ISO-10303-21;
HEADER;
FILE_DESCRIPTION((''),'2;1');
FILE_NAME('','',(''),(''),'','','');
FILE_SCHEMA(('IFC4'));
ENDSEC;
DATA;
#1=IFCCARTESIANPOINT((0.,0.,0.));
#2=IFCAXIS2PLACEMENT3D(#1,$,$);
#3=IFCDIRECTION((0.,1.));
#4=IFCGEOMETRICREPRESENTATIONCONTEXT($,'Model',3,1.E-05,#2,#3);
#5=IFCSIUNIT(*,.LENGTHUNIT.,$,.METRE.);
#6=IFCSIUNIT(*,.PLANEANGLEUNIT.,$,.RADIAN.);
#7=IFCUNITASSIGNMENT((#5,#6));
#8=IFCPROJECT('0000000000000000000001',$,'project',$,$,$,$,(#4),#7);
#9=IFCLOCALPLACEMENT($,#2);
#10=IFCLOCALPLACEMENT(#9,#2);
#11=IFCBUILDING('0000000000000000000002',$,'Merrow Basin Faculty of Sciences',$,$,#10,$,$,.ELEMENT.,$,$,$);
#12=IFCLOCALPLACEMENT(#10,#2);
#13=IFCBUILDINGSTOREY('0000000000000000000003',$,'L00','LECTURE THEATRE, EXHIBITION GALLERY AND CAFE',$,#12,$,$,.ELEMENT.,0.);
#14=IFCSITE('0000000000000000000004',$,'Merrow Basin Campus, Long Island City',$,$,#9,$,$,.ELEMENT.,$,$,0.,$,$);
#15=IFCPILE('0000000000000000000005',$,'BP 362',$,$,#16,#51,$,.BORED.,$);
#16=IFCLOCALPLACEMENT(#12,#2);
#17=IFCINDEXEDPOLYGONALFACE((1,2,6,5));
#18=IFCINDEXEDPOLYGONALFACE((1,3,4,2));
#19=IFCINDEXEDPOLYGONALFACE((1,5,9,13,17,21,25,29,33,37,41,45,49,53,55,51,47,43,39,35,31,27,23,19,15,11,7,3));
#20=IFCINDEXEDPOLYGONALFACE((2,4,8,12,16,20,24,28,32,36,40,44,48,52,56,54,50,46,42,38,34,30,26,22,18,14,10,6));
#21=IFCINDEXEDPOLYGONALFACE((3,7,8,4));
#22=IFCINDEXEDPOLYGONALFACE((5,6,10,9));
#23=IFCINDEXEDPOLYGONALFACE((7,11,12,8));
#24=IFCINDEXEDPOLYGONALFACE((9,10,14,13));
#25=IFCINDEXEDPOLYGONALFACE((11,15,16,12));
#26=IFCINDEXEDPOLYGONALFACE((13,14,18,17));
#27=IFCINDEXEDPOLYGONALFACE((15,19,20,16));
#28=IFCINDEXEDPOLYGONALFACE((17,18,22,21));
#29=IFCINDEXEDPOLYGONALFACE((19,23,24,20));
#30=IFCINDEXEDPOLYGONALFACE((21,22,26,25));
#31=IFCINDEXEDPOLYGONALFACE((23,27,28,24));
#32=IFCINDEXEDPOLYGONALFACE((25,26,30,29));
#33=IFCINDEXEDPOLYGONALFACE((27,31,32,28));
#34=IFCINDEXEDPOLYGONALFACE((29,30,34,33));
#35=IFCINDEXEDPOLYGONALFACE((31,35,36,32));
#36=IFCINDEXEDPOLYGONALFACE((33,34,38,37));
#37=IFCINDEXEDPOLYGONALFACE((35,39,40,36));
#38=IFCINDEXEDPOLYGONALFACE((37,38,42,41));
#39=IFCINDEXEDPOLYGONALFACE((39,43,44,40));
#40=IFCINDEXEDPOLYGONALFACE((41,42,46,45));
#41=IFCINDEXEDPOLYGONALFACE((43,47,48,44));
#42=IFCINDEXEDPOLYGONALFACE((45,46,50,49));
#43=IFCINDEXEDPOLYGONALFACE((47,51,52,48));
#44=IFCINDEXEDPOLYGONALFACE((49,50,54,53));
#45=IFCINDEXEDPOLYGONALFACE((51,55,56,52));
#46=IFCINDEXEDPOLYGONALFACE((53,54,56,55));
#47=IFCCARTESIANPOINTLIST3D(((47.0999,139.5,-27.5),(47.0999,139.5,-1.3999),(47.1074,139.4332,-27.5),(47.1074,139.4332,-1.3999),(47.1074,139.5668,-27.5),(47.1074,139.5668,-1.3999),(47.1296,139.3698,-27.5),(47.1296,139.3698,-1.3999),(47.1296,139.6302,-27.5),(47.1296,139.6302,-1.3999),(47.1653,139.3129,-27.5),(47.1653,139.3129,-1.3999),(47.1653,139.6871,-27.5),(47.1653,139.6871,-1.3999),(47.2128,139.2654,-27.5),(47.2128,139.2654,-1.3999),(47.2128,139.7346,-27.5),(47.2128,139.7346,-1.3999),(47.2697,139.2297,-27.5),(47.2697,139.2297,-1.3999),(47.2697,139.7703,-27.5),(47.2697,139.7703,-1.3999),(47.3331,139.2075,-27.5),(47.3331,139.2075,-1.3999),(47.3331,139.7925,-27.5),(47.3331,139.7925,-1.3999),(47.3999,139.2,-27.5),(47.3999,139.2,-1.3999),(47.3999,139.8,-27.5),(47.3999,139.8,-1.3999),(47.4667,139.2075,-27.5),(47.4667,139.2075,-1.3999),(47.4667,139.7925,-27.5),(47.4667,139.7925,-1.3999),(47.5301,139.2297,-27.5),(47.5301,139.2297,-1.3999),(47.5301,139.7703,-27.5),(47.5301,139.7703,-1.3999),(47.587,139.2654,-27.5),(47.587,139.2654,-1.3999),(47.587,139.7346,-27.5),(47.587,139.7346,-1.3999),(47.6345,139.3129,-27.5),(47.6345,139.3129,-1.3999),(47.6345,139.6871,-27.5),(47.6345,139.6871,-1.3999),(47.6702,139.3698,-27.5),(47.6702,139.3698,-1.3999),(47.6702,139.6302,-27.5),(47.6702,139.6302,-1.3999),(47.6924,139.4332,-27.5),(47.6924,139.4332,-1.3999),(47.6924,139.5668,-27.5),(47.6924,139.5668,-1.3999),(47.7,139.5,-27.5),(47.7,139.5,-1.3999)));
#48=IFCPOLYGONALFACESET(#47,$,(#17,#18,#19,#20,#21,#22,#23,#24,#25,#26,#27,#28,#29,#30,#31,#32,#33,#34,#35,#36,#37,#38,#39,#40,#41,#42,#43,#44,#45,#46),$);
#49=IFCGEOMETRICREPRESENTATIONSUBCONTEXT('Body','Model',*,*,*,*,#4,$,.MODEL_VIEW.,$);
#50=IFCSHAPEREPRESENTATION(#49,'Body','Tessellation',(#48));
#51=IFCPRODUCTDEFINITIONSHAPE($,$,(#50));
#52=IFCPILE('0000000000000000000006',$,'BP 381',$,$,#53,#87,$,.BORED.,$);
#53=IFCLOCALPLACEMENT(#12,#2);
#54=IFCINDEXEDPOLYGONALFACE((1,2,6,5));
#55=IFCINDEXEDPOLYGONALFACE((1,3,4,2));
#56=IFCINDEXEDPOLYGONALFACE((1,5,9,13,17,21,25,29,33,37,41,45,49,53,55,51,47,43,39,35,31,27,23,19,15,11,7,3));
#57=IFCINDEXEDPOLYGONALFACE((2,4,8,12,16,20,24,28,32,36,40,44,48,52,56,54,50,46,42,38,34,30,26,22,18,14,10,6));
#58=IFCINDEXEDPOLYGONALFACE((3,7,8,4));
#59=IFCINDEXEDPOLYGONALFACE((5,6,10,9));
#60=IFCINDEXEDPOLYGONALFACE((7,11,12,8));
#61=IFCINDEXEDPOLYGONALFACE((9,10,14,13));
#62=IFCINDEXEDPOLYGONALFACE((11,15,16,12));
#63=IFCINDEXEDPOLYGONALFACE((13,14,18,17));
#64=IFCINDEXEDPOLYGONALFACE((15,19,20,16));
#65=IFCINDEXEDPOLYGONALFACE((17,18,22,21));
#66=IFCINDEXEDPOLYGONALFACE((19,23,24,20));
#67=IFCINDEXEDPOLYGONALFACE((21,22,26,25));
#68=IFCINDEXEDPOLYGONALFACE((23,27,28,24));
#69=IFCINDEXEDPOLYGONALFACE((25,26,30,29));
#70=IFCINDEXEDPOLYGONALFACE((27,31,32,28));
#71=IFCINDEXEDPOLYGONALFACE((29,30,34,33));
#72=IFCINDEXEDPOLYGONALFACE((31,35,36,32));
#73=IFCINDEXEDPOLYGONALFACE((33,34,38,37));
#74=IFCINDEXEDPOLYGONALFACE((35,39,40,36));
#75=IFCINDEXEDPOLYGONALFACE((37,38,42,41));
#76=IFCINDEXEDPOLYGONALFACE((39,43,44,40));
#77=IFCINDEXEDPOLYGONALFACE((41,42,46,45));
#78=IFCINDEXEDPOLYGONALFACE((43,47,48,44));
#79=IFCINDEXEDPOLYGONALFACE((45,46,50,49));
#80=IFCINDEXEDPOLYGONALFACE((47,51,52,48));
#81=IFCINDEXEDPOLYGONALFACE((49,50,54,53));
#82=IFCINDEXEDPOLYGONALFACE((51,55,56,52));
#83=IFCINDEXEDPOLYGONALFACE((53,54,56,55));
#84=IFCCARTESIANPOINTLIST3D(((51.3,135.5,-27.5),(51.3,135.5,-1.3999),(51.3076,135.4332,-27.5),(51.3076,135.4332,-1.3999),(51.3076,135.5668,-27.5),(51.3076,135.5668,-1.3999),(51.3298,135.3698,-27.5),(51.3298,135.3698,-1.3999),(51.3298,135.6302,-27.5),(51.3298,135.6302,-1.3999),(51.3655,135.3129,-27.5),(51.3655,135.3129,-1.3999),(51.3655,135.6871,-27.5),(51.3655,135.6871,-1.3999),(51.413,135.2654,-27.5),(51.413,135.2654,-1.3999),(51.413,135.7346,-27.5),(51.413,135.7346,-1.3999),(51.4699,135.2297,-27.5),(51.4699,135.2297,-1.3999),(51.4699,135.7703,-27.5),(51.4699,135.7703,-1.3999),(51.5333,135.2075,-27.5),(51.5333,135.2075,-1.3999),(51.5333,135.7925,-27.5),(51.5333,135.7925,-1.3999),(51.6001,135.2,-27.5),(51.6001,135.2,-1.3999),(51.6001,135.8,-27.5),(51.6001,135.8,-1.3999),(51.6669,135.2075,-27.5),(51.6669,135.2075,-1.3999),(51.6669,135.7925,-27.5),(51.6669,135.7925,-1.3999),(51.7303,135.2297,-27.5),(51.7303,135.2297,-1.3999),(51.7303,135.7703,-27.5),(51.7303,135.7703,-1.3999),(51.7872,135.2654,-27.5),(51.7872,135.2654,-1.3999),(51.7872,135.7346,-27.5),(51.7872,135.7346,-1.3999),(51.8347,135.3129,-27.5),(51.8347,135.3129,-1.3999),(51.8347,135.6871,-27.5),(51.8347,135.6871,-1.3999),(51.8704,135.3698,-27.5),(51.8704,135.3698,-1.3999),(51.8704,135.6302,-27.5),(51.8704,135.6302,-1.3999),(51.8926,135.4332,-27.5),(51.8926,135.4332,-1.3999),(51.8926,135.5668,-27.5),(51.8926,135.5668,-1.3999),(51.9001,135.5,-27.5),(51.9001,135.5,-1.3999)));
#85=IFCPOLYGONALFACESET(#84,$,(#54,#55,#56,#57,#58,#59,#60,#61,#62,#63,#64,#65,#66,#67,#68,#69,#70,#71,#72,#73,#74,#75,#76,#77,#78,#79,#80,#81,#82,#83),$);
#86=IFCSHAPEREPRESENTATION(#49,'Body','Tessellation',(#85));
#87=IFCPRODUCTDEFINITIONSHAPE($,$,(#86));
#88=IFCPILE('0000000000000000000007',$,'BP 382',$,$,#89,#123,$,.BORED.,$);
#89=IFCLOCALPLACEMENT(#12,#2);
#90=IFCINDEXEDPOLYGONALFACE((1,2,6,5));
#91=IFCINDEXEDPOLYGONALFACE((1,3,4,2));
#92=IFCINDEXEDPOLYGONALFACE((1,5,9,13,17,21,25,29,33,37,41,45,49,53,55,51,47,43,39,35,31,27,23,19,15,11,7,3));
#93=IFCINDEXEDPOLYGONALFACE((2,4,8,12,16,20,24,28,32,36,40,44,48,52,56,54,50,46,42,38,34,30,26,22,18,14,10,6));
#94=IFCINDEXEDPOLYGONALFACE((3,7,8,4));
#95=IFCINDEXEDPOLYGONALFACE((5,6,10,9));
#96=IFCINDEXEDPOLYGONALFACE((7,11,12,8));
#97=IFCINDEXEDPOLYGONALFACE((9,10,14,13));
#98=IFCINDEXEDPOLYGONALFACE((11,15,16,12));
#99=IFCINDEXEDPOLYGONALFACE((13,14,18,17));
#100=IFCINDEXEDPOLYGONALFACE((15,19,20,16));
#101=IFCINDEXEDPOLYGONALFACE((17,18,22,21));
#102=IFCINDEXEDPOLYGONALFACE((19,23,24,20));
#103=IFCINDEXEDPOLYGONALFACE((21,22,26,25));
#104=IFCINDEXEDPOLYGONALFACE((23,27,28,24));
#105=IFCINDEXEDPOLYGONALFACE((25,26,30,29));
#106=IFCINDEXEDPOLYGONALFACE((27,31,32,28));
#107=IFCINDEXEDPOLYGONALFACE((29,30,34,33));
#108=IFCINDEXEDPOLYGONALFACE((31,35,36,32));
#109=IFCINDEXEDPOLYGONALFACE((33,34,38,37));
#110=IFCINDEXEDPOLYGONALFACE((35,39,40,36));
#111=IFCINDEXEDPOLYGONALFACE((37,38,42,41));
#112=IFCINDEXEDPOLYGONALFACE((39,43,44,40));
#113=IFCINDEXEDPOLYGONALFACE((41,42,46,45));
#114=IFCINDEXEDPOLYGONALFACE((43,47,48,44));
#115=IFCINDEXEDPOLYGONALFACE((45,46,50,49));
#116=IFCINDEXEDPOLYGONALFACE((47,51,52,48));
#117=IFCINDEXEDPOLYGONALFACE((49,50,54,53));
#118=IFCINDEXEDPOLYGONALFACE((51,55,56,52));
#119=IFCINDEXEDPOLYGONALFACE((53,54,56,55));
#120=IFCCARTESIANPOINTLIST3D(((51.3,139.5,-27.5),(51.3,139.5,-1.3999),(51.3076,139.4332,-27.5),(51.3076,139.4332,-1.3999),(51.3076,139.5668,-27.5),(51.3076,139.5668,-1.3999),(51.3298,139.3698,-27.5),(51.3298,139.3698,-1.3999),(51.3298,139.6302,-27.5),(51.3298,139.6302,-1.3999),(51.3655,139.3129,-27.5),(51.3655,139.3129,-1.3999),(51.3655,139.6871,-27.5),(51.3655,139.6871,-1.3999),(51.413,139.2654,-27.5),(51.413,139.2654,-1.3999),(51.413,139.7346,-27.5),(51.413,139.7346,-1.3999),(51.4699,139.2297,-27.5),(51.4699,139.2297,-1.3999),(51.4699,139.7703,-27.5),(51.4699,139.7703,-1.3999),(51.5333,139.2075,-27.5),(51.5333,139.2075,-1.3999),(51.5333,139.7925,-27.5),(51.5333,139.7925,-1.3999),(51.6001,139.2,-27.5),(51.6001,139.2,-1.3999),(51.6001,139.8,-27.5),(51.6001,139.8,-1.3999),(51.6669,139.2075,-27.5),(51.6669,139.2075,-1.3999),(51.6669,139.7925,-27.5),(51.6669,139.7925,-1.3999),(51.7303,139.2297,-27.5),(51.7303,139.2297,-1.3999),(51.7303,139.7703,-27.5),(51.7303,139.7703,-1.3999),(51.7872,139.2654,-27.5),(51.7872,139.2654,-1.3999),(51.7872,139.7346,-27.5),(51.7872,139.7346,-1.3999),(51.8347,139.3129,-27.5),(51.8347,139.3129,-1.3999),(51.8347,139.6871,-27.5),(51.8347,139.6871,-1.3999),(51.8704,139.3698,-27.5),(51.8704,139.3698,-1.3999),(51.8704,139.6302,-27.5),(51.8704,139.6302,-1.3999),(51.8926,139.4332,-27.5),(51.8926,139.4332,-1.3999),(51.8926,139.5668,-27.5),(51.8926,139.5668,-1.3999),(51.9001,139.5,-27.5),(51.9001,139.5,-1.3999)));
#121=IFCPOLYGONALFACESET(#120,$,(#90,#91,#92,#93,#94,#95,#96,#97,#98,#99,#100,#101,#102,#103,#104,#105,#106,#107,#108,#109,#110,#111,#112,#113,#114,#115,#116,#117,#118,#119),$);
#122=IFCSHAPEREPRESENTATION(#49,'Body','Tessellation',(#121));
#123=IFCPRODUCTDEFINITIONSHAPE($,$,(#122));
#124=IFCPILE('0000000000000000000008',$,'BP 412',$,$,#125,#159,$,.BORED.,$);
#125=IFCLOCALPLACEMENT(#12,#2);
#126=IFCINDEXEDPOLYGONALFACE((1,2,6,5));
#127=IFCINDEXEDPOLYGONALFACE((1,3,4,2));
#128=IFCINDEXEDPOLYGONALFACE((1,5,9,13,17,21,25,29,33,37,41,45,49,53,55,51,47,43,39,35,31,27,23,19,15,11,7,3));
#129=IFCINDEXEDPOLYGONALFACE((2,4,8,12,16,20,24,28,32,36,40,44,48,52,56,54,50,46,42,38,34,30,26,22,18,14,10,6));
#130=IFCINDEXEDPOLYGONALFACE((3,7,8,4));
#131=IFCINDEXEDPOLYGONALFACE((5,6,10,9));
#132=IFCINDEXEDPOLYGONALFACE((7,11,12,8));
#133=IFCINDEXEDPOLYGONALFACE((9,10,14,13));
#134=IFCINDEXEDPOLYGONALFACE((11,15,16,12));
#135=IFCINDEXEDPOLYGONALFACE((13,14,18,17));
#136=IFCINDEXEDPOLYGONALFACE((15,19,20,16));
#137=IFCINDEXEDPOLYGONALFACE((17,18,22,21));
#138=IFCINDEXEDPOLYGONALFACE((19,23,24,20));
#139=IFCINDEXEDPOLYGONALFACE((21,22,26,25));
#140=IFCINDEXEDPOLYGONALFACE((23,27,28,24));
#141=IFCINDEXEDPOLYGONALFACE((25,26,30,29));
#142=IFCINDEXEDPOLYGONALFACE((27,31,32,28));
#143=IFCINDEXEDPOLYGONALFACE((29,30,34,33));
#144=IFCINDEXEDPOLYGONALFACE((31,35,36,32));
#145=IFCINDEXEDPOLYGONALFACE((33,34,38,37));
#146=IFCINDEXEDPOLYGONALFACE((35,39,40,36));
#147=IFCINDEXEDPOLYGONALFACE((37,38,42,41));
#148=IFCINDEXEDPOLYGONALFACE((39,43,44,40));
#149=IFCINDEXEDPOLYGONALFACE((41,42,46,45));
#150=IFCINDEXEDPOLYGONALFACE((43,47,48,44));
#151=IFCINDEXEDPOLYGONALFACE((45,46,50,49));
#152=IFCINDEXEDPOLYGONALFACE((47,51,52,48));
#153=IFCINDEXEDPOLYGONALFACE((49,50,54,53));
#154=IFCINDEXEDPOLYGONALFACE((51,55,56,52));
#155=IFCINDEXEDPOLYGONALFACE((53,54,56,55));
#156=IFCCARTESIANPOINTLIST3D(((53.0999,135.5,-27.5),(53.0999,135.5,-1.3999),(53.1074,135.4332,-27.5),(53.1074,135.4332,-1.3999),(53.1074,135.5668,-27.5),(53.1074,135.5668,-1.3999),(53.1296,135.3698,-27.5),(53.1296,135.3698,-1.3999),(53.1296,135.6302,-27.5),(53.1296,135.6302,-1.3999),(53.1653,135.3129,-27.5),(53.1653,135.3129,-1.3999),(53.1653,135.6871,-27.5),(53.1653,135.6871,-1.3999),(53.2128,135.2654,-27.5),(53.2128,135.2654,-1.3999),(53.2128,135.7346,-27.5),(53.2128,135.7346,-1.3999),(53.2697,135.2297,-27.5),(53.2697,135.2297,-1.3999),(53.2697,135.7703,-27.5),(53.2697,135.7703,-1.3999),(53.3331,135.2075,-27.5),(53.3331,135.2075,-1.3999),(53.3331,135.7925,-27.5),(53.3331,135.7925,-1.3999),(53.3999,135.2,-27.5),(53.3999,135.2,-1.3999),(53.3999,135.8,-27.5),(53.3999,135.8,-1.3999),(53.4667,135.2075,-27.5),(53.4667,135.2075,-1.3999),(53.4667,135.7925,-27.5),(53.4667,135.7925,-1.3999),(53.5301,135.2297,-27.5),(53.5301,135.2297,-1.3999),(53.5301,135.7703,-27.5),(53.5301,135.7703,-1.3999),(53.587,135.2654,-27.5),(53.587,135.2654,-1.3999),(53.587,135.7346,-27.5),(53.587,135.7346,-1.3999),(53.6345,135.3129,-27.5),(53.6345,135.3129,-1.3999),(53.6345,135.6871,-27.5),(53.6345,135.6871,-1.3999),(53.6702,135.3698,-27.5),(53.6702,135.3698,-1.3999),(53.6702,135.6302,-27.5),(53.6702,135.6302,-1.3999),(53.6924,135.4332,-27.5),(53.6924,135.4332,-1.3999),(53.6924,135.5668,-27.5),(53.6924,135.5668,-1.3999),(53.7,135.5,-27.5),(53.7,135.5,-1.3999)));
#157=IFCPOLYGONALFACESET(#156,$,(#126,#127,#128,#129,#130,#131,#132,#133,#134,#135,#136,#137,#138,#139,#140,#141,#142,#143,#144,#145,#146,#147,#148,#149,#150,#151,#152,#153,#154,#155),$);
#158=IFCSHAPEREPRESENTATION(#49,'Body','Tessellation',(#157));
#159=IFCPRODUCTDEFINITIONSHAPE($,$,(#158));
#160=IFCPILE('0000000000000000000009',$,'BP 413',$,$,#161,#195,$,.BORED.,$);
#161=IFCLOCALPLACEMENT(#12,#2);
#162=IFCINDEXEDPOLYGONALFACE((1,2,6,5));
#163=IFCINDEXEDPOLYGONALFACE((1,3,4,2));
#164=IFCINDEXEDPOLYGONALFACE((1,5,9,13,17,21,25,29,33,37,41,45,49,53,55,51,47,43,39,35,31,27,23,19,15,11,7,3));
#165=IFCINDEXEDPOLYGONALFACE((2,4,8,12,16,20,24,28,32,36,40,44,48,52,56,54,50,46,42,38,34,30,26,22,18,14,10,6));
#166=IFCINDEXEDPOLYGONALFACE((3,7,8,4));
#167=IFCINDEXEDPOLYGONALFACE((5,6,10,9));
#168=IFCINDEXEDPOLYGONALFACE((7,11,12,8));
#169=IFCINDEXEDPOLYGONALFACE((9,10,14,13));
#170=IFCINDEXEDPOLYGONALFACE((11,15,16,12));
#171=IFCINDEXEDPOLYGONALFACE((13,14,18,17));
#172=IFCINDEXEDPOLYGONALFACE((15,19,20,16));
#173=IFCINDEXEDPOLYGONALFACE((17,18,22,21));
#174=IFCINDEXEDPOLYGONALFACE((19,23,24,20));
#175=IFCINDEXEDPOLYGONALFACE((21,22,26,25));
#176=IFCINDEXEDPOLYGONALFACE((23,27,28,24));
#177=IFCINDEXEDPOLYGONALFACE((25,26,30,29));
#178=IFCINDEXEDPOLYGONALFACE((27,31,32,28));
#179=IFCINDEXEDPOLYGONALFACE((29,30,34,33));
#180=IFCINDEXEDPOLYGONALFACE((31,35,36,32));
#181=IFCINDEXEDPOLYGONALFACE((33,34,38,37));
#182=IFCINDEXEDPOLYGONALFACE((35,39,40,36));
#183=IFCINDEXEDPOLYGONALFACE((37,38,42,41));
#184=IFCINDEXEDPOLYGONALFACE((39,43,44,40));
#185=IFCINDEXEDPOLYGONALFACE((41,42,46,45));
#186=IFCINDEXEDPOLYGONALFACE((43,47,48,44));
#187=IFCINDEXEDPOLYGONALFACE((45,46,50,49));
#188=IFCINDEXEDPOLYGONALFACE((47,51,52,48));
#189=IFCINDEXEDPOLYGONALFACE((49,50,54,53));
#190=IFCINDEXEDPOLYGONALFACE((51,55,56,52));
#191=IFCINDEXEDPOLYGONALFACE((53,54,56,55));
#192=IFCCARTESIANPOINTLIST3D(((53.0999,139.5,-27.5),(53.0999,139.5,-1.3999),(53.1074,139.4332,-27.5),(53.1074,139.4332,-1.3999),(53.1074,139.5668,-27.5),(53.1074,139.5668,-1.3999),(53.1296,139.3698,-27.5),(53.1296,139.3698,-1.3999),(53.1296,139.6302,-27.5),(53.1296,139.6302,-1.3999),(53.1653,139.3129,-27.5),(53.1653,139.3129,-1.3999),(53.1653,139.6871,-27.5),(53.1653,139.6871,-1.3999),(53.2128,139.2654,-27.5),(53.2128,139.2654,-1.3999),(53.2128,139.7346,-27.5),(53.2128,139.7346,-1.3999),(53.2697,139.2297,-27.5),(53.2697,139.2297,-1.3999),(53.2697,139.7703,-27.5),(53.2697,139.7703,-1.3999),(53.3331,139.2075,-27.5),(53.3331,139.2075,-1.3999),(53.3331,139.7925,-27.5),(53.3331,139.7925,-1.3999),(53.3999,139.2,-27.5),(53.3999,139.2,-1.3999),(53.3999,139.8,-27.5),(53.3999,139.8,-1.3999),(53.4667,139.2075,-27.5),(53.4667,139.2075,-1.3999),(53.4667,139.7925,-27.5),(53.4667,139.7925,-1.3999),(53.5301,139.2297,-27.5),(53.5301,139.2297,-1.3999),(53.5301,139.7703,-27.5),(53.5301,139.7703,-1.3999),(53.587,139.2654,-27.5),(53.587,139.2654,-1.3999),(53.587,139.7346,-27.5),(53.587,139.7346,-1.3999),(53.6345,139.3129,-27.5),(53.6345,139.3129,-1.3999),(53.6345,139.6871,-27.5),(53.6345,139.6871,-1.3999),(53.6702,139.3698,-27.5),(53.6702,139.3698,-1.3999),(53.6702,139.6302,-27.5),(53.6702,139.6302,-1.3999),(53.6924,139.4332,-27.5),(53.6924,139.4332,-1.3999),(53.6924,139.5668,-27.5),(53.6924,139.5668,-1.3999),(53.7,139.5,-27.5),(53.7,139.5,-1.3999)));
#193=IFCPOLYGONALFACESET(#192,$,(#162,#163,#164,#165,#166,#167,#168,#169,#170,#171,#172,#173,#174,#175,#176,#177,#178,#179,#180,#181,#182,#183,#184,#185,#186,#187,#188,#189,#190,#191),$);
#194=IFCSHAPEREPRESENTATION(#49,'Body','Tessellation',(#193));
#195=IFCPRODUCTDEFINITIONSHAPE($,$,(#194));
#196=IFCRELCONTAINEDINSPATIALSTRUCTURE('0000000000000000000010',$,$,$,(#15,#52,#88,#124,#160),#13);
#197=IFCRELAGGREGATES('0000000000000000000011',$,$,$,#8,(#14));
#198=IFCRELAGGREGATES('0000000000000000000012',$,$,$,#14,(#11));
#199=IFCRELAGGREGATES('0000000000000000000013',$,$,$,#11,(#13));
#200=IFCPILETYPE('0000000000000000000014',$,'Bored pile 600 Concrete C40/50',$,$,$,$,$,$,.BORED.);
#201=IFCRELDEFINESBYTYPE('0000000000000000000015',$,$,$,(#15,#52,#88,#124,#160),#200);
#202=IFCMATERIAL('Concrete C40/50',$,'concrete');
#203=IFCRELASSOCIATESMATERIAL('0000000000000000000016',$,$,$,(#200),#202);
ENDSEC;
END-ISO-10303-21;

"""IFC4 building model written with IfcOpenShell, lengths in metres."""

from ifc_helpers import new_model, si_unit, direction, frame, origin, origin_2d, place, context, subcontext, project, spatial, circle, extrude, material, material_profile, profile_set, type_object, element, save


model = new_model("IFC4")

# Units and contexts
model_context = context("Model", 3, precision=1e-05, world=origin(), true_north=direction((0.0, 1.0)))
body_context = subcontext(model_context, "Body", "Model", "MODEL_VIEW")
ifc_project = project(units=[si_unit("LENGTHUNIT", "METRE"), si_unit("PLANEANGLEUNIT", "RADIAN")], contexts=[model_context])

# Site, building, storey
site_placement = place(None, origin())
site = spatial("IfcSite", under=ifc_project, at=site_placement, Name="Merrow Basin Campus, Long Island City", CompositionType="ELEMENT", RefElevation=0.0)
building_placement = place(site_placement, origin())
building = spatial("IfcBuilding", under=site, at=building_placement, Name="Merrow Basin Faculty of Sciences", CompositionType="ELEMENT")
storey_placement = place(building_placement, origin())
storey = spatial("IfcBuildingStorey", under=building, at=storey_placement, Name="L00", Description="LECTURE THEATRE, EXHIBITION GALLERY AND CAFE", CompositionType="ELEMENT", Elevation=0.0)

# Piles
ifc_material_1 = material(Name="Concrete C40/50", Category="concrete")
ifc_material_profile_1 = material_profile(ifc_material_1, circle(Radius=0.3, at=origin_2d()))
ifc_profile_set_1 = profile_set([ifc_material_profile_1], Name="Concrete C40/50")
pile_type_1 = type_object("IfcPileType", Name="Bored pile 600 Concrete C40/50", PredefinedType="BORED", material=ifc_profile_set_1)
for number, where, z_axis, x_axis, name in (
    (1, (47.3999, 139.5, -1.3999), (0.0, 0.0, -1.0), (1.0, 0.0, 0.0), "BP 362"),
    (2, (51.6001, 135.5, -1.3999), (0.0, 0.0, -1.0), (1.0, 0.0, 0.0), "BP 381"),
    (3, (51.6001, 139.5, -1.3999), (0.0, 0.0, -1.0), (1.0, 0.0, 0.0), "BP 382"),
    (4, (53.3999, 135.5, -1.3999), (0.0, 0.0, -1.0), (1.0, 0.0, 0.0), "BP 412"),
    (5, (53.3999, 139.5, -1.3999), (0.0, 0.0, -1.0), (1.0, 0.0, 0.0), "BP 413"),
):
    element("IfcPile", number, at=place(storey_placement, frame(where, z_axis=z_axis, x_axis=x_axis)), inside=storey, type_object=pile_type_1, Name=name, PredefinedType="BORED", context=body_context, shape_type="SweptSolid", body=[
        extrude(circle(Radius=0.3, at=origin_2d()), origin(), (0.0, 0.0, 1.0), 26.1001),
    ])

save(model, "model.ifc")
